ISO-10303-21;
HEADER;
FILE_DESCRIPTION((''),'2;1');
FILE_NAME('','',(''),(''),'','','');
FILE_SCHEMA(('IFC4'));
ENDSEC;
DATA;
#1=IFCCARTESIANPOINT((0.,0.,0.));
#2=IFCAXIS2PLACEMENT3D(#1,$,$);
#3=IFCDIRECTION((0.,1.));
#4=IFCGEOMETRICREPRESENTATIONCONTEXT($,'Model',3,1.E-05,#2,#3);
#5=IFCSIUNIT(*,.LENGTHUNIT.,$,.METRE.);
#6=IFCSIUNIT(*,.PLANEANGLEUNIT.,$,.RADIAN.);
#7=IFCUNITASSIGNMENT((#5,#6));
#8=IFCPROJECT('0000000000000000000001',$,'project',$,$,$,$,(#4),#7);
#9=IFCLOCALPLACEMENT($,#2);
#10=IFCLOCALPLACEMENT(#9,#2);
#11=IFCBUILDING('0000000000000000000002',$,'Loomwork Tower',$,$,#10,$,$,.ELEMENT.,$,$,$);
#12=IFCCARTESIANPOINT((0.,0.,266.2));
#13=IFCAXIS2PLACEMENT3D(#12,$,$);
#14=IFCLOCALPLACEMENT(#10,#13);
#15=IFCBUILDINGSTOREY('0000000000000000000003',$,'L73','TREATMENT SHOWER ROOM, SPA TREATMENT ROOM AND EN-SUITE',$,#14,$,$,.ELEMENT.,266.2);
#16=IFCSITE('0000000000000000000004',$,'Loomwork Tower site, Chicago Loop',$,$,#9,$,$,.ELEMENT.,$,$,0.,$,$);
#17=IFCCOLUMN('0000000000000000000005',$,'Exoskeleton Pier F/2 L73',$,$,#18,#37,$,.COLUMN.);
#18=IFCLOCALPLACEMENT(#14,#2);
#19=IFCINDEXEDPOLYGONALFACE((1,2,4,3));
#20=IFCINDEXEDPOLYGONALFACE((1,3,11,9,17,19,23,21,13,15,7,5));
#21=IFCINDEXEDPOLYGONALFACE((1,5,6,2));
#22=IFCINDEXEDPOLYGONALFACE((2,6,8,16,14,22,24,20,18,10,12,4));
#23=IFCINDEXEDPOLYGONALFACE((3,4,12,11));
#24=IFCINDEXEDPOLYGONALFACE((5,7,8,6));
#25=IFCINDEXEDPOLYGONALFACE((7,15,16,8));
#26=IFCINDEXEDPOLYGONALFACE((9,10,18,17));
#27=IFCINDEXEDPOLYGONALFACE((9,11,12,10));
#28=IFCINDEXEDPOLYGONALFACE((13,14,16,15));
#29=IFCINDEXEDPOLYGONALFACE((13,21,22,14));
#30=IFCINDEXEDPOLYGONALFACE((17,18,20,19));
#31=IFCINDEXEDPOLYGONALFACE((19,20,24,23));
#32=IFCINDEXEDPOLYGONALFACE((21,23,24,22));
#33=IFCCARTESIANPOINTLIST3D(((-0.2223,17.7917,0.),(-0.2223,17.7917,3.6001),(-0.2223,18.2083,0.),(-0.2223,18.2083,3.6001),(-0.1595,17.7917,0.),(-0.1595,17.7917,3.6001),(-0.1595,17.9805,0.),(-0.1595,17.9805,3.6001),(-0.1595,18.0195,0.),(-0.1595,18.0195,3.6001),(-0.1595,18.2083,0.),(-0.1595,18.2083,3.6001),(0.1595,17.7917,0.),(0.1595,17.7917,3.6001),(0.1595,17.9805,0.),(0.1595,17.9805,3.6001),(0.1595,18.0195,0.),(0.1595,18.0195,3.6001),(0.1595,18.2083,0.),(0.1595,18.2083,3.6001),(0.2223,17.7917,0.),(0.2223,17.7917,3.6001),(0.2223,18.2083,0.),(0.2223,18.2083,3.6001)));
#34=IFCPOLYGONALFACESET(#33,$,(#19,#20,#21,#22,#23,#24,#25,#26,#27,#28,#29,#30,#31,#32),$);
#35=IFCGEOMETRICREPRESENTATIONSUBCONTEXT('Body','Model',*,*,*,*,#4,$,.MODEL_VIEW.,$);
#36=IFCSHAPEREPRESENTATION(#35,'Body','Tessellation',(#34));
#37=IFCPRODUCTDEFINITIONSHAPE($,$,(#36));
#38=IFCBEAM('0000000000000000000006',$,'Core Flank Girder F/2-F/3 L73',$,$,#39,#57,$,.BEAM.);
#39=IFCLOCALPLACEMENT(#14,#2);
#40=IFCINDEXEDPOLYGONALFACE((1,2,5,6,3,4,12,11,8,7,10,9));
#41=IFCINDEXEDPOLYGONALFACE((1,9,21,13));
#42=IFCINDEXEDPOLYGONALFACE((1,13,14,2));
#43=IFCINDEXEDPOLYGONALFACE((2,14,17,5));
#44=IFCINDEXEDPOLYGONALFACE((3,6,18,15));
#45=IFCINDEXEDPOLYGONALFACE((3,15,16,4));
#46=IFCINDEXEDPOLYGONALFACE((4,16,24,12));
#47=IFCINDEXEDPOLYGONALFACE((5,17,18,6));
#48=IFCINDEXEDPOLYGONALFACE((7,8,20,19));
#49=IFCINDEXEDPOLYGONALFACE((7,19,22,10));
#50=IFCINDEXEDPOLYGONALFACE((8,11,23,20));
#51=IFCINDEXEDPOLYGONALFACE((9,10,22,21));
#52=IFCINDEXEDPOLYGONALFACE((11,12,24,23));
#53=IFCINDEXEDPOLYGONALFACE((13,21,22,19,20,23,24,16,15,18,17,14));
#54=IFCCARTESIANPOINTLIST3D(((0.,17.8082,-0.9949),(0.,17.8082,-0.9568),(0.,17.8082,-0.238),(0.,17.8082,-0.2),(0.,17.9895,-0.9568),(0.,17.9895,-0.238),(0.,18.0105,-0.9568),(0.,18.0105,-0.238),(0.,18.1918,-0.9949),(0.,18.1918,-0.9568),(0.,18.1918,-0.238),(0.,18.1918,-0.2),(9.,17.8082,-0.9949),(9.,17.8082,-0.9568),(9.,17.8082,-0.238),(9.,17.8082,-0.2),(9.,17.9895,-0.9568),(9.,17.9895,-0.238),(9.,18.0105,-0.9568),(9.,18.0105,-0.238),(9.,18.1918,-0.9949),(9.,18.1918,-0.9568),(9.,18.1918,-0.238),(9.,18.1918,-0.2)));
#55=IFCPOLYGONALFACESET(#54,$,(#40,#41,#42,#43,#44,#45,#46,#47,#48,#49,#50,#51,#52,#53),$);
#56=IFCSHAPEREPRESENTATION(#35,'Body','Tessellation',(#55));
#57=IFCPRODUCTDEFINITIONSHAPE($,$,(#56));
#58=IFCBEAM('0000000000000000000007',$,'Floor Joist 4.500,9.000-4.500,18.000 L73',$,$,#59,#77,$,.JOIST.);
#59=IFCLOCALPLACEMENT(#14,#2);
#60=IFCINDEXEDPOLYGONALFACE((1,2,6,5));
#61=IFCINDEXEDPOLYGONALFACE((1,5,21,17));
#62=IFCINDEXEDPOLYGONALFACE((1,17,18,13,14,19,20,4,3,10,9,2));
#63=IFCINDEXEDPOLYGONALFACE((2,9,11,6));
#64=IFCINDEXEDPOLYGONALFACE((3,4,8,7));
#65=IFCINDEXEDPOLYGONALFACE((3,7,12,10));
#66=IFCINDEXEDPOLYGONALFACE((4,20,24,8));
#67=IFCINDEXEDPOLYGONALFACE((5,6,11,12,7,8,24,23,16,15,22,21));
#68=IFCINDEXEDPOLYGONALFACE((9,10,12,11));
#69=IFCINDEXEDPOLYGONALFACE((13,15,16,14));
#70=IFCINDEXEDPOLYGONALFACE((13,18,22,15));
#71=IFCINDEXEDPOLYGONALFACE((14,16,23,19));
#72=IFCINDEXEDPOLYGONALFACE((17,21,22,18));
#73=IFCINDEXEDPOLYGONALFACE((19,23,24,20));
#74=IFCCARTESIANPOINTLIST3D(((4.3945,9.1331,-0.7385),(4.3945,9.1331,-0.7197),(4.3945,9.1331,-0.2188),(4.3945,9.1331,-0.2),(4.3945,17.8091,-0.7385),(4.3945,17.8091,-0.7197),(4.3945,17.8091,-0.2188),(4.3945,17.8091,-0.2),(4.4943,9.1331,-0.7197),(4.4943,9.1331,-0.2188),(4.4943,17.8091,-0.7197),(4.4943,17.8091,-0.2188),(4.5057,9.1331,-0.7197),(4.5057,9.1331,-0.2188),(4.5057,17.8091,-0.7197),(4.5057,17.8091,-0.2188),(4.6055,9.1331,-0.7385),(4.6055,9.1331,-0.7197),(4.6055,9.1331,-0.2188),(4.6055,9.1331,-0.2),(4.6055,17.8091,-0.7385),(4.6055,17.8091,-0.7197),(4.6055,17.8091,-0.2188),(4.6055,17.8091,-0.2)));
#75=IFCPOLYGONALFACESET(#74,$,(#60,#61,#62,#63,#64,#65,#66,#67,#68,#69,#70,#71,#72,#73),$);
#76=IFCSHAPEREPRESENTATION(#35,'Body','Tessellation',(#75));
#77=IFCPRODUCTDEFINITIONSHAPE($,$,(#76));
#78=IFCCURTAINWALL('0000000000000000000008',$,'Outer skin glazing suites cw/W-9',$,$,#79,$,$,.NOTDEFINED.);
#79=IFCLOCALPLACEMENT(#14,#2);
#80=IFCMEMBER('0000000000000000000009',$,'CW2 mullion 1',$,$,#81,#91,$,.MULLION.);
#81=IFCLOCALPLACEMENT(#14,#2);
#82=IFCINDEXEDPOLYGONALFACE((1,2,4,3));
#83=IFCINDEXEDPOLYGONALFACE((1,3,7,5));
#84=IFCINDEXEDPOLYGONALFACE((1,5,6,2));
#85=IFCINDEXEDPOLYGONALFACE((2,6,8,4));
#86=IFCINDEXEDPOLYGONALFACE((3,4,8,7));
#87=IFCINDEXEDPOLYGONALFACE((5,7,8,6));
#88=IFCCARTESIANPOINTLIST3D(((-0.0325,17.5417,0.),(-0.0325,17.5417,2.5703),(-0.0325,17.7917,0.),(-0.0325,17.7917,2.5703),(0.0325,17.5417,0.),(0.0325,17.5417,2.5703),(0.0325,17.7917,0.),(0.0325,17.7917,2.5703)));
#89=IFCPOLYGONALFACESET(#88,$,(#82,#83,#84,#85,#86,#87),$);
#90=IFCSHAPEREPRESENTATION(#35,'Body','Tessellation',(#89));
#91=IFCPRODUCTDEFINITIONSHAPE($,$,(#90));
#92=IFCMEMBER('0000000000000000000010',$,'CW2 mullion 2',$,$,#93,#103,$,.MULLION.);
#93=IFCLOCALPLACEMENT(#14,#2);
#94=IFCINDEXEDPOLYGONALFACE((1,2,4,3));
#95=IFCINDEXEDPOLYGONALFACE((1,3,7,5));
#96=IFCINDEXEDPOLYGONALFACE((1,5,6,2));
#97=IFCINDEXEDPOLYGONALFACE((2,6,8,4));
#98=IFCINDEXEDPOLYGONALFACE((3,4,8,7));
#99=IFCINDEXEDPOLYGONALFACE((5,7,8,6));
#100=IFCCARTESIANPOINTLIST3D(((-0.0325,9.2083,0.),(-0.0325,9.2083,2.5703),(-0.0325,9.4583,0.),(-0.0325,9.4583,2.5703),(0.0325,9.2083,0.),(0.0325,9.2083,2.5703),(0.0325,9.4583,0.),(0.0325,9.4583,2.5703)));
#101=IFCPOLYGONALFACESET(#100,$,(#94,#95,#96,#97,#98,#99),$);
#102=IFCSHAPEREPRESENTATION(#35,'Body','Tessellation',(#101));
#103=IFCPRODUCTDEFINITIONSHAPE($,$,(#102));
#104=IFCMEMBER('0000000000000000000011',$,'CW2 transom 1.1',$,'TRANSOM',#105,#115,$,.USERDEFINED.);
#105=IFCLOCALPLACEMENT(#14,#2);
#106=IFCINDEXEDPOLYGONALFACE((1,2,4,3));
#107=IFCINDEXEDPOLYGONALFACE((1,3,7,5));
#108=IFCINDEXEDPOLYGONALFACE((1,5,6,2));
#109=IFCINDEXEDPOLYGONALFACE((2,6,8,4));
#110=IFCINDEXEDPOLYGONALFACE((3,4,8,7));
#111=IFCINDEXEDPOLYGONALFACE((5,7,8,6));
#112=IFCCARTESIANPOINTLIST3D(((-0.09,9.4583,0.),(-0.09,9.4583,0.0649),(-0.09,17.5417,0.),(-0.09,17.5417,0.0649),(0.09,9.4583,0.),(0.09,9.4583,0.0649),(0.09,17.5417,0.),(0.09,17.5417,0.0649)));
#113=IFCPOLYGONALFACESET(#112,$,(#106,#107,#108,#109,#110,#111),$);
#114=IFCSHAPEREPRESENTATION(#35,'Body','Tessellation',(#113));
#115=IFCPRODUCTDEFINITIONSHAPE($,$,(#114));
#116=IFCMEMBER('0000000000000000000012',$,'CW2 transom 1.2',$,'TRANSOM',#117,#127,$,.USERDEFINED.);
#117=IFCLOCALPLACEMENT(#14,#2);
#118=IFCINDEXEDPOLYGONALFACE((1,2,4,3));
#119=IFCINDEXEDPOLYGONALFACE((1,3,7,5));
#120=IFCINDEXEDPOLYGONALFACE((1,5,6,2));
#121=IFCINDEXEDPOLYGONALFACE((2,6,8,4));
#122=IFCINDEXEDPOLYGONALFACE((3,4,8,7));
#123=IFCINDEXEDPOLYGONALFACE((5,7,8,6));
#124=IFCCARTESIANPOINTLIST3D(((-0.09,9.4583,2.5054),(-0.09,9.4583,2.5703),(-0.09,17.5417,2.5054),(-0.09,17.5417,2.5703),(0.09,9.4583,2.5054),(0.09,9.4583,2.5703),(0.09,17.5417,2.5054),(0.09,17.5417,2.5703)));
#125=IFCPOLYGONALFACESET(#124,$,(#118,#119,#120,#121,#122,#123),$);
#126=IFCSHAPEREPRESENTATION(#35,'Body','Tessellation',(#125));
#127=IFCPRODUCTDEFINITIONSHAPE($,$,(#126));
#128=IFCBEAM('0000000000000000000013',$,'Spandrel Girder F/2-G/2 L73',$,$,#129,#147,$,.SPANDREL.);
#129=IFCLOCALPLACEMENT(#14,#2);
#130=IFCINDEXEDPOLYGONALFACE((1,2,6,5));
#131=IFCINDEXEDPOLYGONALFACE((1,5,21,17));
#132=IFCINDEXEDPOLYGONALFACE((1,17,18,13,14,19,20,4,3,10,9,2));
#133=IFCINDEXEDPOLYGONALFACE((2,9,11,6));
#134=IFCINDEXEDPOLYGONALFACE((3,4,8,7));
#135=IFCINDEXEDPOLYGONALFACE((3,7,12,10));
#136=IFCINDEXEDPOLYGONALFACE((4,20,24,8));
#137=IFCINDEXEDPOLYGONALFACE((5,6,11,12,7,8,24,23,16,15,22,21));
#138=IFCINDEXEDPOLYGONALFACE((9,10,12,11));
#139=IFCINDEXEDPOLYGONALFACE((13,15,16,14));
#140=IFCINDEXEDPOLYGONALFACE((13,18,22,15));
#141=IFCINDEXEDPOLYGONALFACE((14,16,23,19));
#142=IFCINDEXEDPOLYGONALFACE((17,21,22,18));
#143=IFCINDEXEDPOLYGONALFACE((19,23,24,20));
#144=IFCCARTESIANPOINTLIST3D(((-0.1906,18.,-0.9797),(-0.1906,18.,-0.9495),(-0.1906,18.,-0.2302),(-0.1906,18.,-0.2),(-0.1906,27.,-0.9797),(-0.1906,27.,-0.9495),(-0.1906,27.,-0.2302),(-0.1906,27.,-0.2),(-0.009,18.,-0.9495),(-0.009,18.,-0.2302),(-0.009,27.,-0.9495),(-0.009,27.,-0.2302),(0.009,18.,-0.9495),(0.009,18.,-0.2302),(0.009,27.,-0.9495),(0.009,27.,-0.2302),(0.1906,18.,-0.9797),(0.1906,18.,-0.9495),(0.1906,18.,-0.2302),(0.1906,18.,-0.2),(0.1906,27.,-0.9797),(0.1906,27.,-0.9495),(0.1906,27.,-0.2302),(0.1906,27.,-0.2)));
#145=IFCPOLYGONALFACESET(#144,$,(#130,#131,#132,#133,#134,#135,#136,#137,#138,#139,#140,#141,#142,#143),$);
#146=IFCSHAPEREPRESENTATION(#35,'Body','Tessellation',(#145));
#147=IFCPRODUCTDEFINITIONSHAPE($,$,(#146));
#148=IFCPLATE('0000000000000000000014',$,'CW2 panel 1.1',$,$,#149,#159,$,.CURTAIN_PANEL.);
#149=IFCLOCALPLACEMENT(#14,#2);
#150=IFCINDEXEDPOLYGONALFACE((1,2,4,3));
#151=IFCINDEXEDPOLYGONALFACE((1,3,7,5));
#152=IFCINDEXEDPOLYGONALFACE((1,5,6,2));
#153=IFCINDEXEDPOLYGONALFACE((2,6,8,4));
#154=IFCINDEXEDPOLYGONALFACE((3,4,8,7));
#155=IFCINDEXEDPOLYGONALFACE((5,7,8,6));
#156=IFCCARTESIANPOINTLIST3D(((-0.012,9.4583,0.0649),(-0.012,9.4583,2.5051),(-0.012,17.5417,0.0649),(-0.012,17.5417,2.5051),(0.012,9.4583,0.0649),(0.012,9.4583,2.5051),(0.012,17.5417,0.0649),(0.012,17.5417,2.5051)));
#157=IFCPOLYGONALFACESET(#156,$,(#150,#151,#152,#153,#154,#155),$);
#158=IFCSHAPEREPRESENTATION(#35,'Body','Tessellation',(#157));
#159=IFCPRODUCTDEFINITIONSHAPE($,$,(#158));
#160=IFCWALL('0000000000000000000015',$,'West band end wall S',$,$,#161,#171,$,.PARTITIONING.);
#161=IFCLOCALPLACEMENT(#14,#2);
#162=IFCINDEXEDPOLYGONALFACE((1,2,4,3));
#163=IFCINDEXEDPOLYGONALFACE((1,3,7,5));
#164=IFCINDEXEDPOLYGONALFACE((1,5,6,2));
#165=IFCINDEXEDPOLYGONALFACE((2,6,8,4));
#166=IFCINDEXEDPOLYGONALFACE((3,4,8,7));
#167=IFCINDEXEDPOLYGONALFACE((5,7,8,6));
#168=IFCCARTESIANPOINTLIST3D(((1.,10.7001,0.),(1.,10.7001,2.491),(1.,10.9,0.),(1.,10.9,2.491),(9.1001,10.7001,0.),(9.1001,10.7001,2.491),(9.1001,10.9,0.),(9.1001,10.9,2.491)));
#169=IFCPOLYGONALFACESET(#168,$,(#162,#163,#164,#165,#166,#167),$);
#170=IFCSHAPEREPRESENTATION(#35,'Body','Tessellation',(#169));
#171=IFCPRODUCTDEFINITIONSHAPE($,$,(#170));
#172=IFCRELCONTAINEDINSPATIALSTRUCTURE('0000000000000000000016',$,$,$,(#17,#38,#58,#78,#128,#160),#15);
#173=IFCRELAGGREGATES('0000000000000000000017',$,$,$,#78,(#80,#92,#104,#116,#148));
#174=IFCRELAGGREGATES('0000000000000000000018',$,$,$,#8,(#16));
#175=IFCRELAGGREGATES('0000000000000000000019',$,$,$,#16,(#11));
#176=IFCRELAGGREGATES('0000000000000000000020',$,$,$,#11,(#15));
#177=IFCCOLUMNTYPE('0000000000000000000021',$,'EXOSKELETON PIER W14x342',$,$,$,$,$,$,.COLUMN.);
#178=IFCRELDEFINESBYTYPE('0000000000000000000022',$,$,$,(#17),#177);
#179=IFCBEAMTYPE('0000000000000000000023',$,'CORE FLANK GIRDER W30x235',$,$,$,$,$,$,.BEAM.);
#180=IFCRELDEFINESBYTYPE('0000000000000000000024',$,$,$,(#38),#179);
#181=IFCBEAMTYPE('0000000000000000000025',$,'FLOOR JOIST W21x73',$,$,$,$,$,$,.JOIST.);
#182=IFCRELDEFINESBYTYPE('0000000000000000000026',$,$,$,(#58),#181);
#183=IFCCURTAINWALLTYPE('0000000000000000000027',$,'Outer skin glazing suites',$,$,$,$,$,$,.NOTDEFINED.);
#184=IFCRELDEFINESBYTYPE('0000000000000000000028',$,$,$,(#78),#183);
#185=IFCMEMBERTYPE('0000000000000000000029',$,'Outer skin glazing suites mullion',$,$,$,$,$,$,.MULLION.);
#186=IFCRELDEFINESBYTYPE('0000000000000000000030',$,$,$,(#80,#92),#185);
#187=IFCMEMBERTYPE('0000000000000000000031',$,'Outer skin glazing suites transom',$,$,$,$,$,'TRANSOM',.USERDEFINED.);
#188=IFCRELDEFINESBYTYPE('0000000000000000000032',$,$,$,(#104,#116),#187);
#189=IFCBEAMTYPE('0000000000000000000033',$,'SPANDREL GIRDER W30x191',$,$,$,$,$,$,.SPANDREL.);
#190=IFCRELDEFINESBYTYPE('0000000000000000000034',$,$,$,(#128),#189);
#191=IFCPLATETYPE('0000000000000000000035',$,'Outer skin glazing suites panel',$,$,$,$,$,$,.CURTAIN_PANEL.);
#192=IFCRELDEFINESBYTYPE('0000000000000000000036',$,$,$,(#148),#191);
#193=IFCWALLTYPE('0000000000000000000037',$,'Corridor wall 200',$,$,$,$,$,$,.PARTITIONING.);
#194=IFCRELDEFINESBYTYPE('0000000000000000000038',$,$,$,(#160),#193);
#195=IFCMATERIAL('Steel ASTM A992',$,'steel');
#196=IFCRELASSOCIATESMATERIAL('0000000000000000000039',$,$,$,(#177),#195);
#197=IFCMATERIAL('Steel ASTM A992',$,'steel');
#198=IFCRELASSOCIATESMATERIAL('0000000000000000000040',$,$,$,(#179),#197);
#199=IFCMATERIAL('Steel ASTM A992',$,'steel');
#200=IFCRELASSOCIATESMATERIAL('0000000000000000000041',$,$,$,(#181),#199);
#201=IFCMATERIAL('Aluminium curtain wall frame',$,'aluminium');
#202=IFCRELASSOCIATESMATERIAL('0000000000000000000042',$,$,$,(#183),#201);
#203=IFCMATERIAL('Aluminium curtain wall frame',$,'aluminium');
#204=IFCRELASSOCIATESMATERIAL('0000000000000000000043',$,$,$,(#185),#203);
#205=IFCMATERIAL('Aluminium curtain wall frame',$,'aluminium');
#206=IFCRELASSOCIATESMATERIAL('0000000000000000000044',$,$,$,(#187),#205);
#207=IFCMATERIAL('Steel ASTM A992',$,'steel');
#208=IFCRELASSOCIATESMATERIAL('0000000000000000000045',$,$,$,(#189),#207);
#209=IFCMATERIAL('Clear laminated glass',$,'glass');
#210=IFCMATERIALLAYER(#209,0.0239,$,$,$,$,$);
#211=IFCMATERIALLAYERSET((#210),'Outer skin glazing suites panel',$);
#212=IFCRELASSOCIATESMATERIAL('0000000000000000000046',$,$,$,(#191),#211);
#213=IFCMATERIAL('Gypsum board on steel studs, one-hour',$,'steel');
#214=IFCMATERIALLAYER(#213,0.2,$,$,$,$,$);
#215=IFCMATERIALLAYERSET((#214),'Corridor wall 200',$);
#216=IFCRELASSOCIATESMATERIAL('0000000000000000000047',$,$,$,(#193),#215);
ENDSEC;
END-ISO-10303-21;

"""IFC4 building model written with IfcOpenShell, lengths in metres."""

from ifc_helpers import new_model, si_unit, direction, frame, frame_2d, origin, origin_2d, place, context, subcontext, project, spatial, rectangle, i_section, extrude, material, layer, layer_set, material_profile, profile_set, type_object, element, aggregate, save


model = new_model("IFC4")

# Units and contexts
model_context = context("Model", 3, precision=1e-05, world=origin(), true_north=direction((0.0, 1.0)))
body_context = subcontext(model_context, "Body", "Model", "MODEL_VIEW")
ifc_project = project(units=[si_unit("LENGTHUNIT", "METRE"), si_unit("PLANEANGLEUNIT", "RADIAN")], contexts=[model_context])

# Site, building, storey
site_placement = place(None, origin())
site = spatial("IfcSite", under=ifc_project, at=site_placement, Name="Loomwork Tower site, Chicago Loop", CompositionType="ELEMENT", RefElevation=0.0)
building_placement = place(site_placement, origin())
building = spatial("IfcBuilding", under=site, at=building_placement, Name="Loomwork Tower", CompositionType="ELEMENT")
storey_placement = place(building_placement, frame((0.0, 0.0, 266.2)))
storey = spatial("IfcBuildingStorey", under=building, at=storey_placement, Name="L73", Description="TREATMENT SHOWER ROOM, SPA TREATMENT ROOM AND EN-SUITE", CompositionType="ELEMENT", Elevation=266.2)

# Column
ifc_material_1 = material(Name="Steel ASTM A992", Category="steel")
ifc_material_profile_1 = material_profile(ifc_material_1, i_section(OverallWidth=0.4165, OverallDepth=0.4446, WebThickness=0.0391, FlangeThickness=0.0627, at=origin_2d()), Name="W14x342")
ifc_profile_set_1 = profile_set([ifc_material_profile_1], Name="Steel ASTM A992")
column_type = type_object("IfcColumnType", Name="EXOSKELETON PIER W14x342", PredefinedType="COLUMN", material=ifc_profile_set_1)
column_placement = place(storey_placement, frame((0.0, 18.0, 0.0), z_axis=(0.0, 0.0, 1.0), x_axis=(0.0, 1.0, 0.0)))
element("IfcColumn", 1, at=column_placement, inside=storey, type_object=column_type, Name="Exoskeleton Pier F/2 L73", PredefinedType="COLUMN", context=body_context, shape_type="SweptSolid", body=[
    extrude(i_section(OverallWidth=0.4165, OverallDepth=0.4446, WebThickness=0.0391, FlangeThickness=0.0627, at=origin_2d()), origin(), (0.0, 0.0, 1.0), 3.6001),
])

# Beams
ifc_material_2 = material(Name="Steel ASTM A992", Category="steel")
ifc_material_profile_2 = material_profile(ifc_material_2, i_section(OverallWidth=0.3835, OverallDepth=0.7949, WebThickness=0.021, FlangeThickness=0.0381, at=origin_2d()), Name="W30x235")
ifc_profile_set_2 = profile_set([ifc_material_profile_2], Name="Steel ASTM A992")
beam_type_1 = type_object("IfcBeamType", Name="CORE FLANK GIRDER W30x235", PredefinedType="BEAM", material=ifc_profile_set_2)
beam_1_placement = place(storey_placement, frame((0.0, 18.0, -0.5974), z_axis=(1.0, 0.0, 0.0), x_axis=(0.0, 1.0, 0.0)))
element("IfcBeam", 2, at=beam_1_placement, inside=storey, type_object=beam_type_1, Name="Core Flank Girder F/2-F/3 L73", PredefinedType="BEAM", context=body_context, shape_type="SweptSolid", body=[
    extrude(i_section(OverallWidth=0.3835, OverallDepth=0.7949, WebThickness=0.021, FlangeThickness=0.0381, at=origin_2d()), origin(), (0.0, 0.0, 1.0), 9.0),
])
ifc_material_3 = material(Name="Steel ASTM A992", Category="steel")
ifc_material_profile_3 = material_profile(ifc_material_3, i_section(OverallWidth=0.2109, OverallDepth=0.5386, WebThickness=0.0115, FlangeThickness=0.0188, at=origin_2d()), Name="W21x73")
ifc_profile_set_3 = profile_set([ifc_material_profile_3], Name="Steel ASTM A992")
beam_type_2 = type_object("IfcBeamType", Name="FLOOR JOIST W21x73", PredefinedType="JOIST", material=ifc_profile_set_3)
beam_2_placement = place(storey_placement, frame((4.5, 9.1331, -0.4692), z_axis=(0.0, 1.0, 0.0), x_axis=(-1.0, 0.0, 0.0)))
element("IfcBeam", 3, at=beam_2_placement, inside=storey, type_object=beam_type_2, Name="Floor Joist 4.500,9.000-4.500,18.000 L73", PredefinedType="JOIST", context=body_context, shape_type="SweptSolid", body=[
    extrude(i_section(OverallWidth=0.2109, OverallDepth=0.5386, WebThickness=0.0115, FlangeThickness=0.0188, at=origin_2d()), origin(), (0.0, 0.0, 1.0), 8.676),
])

# Curtain wall, members
ifc_material_4 = material(Name="Aluminium curtain wall frame", Category="aluminium")
curtain_wall_type = type_object("IfcCurtainWallType", Name="Outer skin glazing suites", PredefinedType="NOTDEFINED", material=ifc_material_4)
curtain_wall_placement = place(storey_placement, origin())
curtain_wall = element("IfcCurtainWall", 4, at=curtain_wall_placement, inside=storey, type_object=curtain_wall_type, Name="Outer skin glazing suites cw/W-9", PredefinedType="NOTDEFINED")
ifc_material_5 = material(Name="Aluminium curtain wall frame", Category="aluminium")
ifc_material_profile_4 = material_profile(ifc_material_5, rectangle(XDim=0.0649, YDim=0.25, at=origin_2d()), Name="AL 65x250")
ifc_profile_set_4 = profile_set([ifc_material_profile_4], Name="Aluminium curtain wall frame")
member_type_1 = type_object("IfcMemberType", Name="Outer skin glazing suites mullion", PredefinedType="MULLION", material=ifc_profile_set_4)
member_1_placement = place(storey_placement, frame((0.0, 17.6667, 0.0), z_axis=(0.0, 0.0, 1.0), x_axis=(1.0, 0.0, 0.0)))
member_1 = element("IfcMember", 5, at=member_1_placement, type_object=member_type_1, Name="CW2 mullion 1", PredefinedType="MULLION", context=body_context, shape_type="SweptSolid", body=[
    extrude(rectangle(XDim=0.0649, YDim=0.25, at=origin_2d()), origin(), (0.0, 0.0, 1.0), 2.5703),
])
member_2_placement = place(storey_placement, frame((0.0, 9.3333, 0.0), z_axis=(0.0, 0.0, 1.0), x_axis=(1.0, 0.0, 0.0)))
member_2 = element("IfcMember", 6, at=member_2_placement, type_object=member_type_1, Name="CW2 mullion 2", PredefinedType="MULLION", context=body_context, shape_type="SweptSolid", body=[
    extrude(rectangle(XDim=0.0649, YDim=0.25, at=origin_2d()), origin(), (0.0, 0.0, 1.0), 2.5703),
])
ifc_material_6 = material(Name="Aluminium curtain wall frame", Category="aluminium")
ifc_material_profile_5 = material_profile(ifc_material_6, rectangle(XDim=0.1799, YDim=0.0649, at=origin_2d()), Name="AL 65x180")
ifc_profile_set_5 = profile_set([ifc_material_profile_5], Name="Aluminium curtain wall frame")
member_type_2 = type_object("IfcMemberType", Name="Outer skin glazing suites transom", ElementType="TRANSOM", PredefinedType="USERDEFINED", material=ifc_profile_set_5)
member_3_placement = place(storey_placement, frame((0.0, 17.5417, 0.0325), z_axis=(0.0, -1.0, 0.0), x_axis=(1.0, 0.0, 0.0)))
member_3 = element("IfcMember", 7, at=member_3_placement, type_object=member_type_2, Name="CW2 transom 1.1", ObjectType="TRANSOM", PredefinedType="USERDEFINED", context=body_context, shape_type="SweptSolid", body=[
    extrude(rectangle(XDim=0.1799, YDim=0.0649, at=origin_2d()), origin(), (0.0, 0.0, 1.0), 8.0835),
])
member_4_placement = place(storey_placement, frame((0.0, 17.5417, 2.5378), z_axis=(0.0, -1.0, 0.0), x_axis=(1.0, 0.0, 0.0)))
member_4 = element("IfcMember", 8, at=member_4_placement, type_object=member_type_2, Name="CW2 transom 1.2", ObjectType="TRANSOM", PredefinedType="USERDEFINED", context=body_context, shape_type="SweptSolid", body=[
    extrude(rectangle(XDim=0.1799, YDim=0.0649, at=origin_2d()), origin(), (0.0, 0.0, 1.0), 8.0835),
])

# Beam
ifc_material_7 = material(Name="Steel ASTM A992", Category="steel")
ifc_material_profile_6 = material_profile(ifc_material_7, i_section(OverallWidth=0.3811, OverallDepth=0.7798, WebThickness=0.0181, FlangeThickness=0.0303, at=origin_2d()), Name="W30x191")
ifc_profile_set_6 = profile_set([ifc_material_profile_6], Name="Steel ASTM A992")
beam_type_3 = type_object("IfcBeamType", Name="SPANDREL GIRDER W30x191", PredefinedType="SPANDREL", material=ifc_profile_set_6)
beam_3_placement = place(storey_placement, frame((0.0, 18.0, -0.5898), z_axis=(0.0, 1.0, 0.0), x_axis=(-1.0, 0.0, 0.0)))
element("IfcBeam", 9, at=beam_3_placement, inside=storey, type_object=beam_type_3, Name="Spandrel Girder F/2-G/2 L73", PredefinedType="SPANDREL", context=body_context, shape_type="SweptSolid", body=[
    extrude(i_section(OverallWidth=0.3811, OverallDepth=0.7798, WebThickness=0.0181, FlangeThickness=0.0303, at=origin_2d()), origin(), (0.0, 0.0, 1.0), 9.0),
])

# Plate
ifc_material_8 = material(Name="Clear laminated glass", Category="glass")
ifc_layer_1 = layer(ifc_material_8, 0.0239)
ifc_layer_set_1 = layer_set([ifc_layer_1], Name="Outer skin glazing suites panel")
plate_type = type_object("IfcPlateType", Name="Outer skin glazing suites panel", PredefinedType="CURTAIN_PANEL", material=ifc_layer_set_1)
plate_placement = place(storey_placement, frame((0.0, 13.5, 0.0649), z_axis=(0.0, 0.0, 1.0), x_axis=(0.0, -1.0, 0.0)))
plate = element("IfcPlate", 10, at=plate_placement, type_object=plate_type, Name="CW2 panel 1.1", PredefinedType="CURTAIN_PANEL", context=body_context, shape_type="SweptSolid", body=[
    extrude(rectangle(XDim=8.0835, YDim=0.0239, at=origin_2d()), origin(), (0.0, 0.0, 1.0), 2.4402),
])
aggregate(curtain_wall, [member_1, member_2, member_3, member_4, plate])

# Wall
ifc_material_9 = material(Name="Gypsum board on steel studs, one-hour", Category="steel")
ifc_layer_2 = layer(ifc_material_9, 0.2)
ifc_layer_set_2 = layer_set([ifc_layer_2], Name="Corridor wall 200")
wall_type_1 = type_object("IfcWallType", Name="Corridor wall 200", PredefinedType="PARTITIONING", material=ifc_layer_set_2)
wall_1_placement = place(storey_placement, frame((1.0, 10.8, 0.0), z_axis=(0.0, 0.0, 1.0), x_axis=(1.0, 0.0, 0.0)))
element("IfcWall", 11, at=wall_1_placement, inside=storey, type_object=wall_type_1, Name="West band end wall S", PredefinedType="PARTITIONING", context=body_context, shape_type="SweptSolid", body=[
    extrude(rectangle(XDim=8.1001, YDim=0.2, at=frame_2d((4.05, 0.0))), origin(), (0.0, 0.0, 1.0), 2.491),
])

save(model, "model.ifc")
